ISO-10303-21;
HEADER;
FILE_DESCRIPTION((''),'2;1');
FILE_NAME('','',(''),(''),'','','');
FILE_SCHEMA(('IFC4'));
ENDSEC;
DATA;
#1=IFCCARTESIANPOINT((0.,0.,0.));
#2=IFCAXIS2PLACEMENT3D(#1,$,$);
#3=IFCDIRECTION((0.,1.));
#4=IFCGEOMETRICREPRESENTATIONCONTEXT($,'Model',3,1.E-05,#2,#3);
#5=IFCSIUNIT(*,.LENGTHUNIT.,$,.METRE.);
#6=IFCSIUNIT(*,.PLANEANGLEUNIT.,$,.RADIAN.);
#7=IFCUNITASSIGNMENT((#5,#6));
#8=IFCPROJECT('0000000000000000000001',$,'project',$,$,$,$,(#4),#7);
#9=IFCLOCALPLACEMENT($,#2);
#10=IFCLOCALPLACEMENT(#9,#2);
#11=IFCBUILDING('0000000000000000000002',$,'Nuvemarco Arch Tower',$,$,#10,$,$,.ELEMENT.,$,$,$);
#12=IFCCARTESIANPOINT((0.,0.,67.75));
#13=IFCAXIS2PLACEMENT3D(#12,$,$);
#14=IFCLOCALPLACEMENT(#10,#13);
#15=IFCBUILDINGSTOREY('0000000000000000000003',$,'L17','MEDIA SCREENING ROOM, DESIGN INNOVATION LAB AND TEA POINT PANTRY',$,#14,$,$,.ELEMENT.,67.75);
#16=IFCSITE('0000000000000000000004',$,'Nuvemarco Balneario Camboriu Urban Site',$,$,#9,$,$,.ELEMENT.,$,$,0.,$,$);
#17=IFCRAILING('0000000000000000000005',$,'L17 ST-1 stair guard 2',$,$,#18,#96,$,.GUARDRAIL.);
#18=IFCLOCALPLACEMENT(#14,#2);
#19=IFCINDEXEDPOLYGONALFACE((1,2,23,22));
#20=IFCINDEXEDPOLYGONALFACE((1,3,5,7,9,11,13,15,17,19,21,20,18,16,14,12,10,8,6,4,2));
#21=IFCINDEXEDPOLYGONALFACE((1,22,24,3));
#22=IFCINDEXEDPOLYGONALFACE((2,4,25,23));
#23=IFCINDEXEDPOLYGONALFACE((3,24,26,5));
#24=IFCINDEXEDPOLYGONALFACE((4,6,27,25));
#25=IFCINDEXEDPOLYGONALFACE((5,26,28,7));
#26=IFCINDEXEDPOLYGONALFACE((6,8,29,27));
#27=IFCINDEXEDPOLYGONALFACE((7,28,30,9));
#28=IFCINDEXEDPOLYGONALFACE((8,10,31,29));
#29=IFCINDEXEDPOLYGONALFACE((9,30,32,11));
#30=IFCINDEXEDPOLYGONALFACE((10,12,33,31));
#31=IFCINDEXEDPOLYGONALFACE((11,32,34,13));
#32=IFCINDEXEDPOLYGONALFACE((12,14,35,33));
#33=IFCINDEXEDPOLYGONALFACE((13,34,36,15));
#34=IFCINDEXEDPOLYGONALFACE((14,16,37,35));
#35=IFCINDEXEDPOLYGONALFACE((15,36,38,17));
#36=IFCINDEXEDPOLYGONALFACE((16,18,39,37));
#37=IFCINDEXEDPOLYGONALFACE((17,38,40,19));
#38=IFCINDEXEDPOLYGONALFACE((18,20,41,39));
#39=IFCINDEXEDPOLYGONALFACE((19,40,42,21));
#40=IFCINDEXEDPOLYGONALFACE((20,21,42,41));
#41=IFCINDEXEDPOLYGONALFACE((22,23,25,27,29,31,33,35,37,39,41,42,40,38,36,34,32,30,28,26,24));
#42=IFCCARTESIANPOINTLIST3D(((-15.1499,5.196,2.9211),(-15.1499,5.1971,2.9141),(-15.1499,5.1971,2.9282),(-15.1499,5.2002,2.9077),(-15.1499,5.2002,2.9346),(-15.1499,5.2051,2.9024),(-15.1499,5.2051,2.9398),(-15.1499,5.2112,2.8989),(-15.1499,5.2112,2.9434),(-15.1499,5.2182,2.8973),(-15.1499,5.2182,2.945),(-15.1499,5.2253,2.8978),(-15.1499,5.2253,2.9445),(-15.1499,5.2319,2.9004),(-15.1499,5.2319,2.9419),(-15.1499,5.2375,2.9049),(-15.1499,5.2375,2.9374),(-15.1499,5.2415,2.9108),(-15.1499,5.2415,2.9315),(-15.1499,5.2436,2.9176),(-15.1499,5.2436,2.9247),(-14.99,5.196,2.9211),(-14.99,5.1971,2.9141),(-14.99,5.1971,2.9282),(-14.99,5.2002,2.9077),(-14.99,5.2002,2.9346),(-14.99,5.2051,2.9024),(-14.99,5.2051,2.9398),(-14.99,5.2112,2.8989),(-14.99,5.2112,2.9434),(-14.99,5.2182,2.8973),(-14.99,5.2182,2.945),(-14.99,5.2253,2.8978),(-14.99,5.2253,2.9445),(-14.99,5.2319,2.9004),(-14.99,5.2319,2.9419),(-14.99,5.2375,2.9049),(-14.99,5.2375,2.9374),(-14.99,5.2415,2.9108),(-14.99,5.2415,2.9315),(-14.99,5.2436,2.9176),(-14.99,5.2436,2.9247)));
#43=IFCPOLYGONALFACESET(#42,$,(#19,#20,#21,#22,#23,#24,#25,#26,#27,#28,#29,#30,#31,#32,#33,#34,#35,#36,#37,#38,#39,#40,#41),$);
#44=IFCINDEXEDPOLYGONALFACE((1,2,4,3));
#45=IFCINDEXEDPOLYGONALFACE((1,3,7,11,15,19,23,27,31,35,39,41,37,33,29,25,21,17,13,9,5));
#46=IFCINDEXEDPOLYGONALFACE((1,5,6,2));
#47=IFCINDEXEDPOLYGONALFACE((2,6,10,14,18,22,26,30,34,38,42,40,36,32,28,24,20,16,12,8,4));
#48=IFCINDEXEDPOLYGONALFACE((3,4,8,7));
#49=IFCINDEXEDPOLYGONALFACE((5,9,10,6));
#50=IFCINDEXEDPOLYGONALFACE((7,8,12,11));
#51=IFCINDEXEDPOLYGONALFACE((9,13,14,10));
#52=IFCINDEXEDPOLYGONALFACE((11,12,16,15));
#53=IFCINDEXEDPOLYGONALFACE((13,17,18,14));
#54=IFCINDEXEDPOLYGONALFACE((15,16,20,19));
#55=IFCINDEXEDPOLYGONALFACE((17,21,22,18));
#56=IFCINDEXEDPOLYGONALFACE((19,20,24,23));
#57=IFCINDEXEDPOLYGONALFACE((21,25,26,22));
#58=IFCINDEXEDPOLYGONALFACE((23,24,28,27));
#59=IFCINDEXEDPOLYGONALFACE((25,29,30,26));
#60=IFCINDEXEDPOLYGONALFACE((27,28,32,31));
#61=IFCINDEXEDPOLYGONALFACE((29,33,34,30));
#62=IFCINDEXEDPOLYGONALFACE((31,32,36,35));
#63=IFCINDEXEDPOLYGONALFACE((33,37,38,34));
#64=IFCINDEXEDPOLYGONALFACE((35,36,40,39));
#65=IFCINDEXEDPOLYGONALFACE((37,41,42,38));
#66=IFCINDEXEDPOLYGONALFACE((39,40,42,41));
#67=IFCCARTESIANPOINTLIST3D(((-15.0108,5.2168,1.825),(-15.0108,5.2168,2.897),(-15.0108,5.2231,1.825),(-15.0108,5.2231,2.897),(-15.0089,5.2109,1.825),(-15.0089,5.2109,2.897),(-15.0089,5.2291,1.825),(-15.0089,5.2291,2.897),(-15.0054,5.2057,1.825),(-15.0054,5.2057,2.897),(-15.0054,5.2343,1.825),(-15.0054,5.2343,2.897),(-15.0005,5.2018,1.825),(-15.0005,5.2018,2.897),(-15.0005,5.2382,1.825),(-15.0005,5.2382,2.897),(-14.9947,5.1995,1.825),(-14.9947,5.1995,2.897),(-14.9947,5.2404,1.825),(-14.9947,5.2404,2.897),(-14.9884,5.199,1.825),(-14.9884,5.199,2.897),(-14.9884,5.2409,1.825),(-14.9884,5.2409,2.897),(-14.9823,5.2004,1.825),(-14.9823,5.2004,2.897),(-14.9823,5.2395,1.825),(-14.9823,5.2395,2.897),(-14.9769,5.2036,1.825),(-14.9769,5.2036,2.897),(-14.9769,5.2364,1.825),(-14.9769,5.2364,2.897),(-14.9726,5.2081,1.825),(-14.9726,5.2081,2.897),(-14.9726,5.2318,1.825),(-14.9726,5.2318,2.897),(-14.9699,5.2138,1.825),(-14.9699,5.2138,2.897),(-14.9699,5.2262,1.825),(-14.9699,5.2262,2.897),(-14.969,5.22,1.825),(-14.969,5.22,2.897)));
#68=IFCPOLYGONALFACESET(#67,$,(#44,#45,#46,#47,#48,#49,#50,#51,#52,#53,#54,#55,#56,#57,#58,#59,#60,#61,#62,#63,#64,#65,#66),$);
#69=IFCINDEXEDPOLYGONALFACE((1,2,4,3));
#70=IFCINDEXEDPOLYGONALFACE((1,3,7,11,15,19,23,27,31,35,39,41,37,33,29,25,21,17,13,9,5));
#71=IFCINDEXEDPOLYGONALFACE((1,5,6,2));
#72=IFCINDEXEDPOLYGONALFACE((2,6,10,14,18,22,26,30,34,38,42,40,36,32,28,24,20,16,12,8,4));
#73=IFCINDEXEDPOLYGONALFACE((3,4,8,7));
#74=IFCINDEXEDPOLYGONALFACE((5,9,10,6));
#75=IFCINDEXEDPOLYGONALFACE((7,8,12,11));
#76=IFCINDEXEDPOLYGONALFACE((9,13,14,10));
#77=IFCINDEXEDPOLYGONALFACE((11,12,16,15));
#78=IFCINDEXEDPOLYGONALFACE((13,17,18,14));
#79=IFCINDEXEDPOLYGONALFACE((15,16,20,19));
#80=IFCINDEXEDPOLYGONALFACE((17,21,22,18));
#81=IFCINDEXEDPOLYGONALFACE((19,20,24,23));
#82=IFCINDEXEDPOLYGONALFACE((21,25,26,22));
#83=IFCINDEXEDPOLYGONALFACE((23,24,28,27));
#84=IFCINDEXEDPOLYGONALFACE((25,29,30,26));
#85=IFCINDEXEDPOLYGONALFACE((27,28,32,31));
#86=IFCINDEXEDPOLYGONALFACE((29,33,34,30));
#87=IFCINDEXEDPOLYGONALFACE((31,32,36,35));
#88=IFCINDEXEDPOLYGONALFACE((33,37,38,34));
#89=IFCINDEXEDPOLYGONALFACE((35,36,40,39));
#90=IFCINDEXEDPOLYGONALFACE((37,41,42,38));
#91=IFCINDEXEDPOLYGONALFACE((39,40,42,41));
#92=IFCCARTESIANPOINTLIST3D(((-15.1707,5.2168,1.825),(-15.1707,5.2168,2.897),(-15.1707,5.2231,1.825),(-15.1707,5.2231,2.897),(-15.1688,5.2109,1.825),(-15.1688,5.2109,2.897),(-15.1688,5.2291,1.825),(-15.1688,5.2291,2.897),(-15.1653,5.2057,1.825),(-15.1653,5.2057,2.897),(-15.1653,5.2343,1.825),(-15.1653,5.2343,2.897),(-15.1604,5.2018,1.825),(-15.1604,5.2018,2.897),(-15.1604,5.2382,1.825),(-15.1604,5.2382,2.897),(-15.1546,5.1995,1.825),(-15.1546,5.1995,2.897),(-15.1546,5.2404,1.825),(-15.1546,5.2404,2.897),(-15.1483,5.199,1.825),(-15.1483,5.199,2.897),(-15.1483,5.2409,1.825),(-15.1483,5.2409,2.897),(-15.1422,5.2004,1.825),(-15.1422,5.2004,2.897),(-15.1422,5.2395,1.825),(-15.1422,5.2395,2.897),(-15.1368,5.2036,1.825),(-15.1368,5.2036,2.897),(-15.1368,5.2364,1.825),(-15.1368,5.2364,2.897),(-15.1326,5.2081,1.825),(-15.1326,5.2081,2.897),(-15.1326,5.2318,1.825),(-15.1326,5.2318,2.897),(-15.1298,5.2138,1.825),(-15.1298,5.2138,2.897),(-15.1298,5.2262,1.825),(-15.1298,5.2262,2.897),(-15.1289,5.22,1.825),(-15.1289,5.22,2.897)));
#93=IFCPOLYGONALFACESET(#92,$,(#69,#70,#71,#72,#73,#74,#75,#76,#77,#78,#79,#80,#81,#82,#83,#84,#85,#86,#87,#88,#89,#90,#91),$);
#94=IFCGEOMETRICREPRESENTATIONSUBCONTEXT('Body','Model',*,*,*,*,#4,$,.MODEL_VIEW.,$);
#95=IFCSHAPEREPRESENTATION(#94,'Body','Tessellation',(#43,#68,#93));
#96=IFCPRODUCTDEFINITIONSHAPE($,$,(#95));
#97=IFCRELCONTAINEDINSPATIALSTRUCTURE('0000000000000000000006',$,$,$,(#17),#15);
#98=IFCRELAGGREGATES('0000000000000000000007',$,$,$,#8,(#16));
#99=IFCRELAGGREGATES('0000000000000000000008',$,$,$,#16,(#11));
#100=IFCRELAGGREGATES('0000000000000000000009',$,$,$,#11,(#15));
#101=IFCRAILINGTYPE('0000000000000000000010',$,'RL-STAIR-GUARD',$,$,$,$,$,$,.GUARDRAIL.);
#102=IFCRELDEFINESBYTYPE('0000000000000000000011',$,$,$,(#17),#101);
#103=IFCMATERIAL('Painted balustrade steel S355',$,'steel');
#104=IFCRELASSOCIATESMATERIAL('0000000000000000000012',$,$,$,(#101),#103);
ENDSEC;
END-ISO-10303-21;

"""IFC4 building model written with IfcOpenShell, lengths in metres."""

from ifc_helpers import new_model, si_unit, direction, frame, origin, origin_2d, place, context, subcontext, project, spatial, circle, extrude, material, type_object, element, save


model = new_model("IFC4")

# Units and contexts
model_context = context("Model", 3, precision=1e-05, world=origin(), true_north=direction((0.0, 1.0)))
body_context = subcontext(model_context, "Body", "Model", "MODEL_VIEW")
ifc_project = project(units=[si_unit("LENGTHUNIT", "METRE"), si_unit("PLANEANGLEUNIT", "RADIAN")], contexts=[model_context])

# Site, building, storey
site_placement = place(None, origin())
site = spatial("IfcSite", under=ifc_project, at=site_placement, Name="Nuvemarco Balneario Camboriu Urban Site", CompositionType="ELEMENT", RefElevation=0.0)
building_placement = place(site_placement, origin())
building = spatial("IfcBuilding", under=site, at=building_placement, Name="Nuvemarco Arch Tower", CompositionType="ELEMENT")
storey_placement = place(building_placement, frame((0.0, 0.0, 67.75)))
storey = spatial("IfcBuildingStorey", under=building, at=storey_placement, Name="L17", Description="MEDIA SCREENING ROOM, DESIGN INNOVATION LAB AND TEA POINT PANTRY", CompositionType="ELEMENT", Elevation=67.75)

# Railing
ifc_material_1 = material(Name="Painted balustrade steel S355", Category="steel")
railing_type_1 = type_object("IfcRailingType", Name="RL-STAIR-GUARD", PredefinedType="GUARDRAIL", material=ifc_material_1)
railing_1_placement = place(storey_placement, frame((-14.99, 5.22, 1.825)))
element("IfcRailing", 1, at=railing_1_placement, inside=storey, type_object=railing_type_1, Name="L17 ST-1 stair guard 2", PredefinedType="GUARDRAIL", context=body_context, shape_type="SweptSolid", body=[
    extrude(circle(Radius=0.0239, at=origin_2d()), frame((0.0, 0.0, 1.0962), z_axis=(-1.0, 0.0, 0.0), x_axis=(0.0, -1.0, 0.0)), (0.0, 0.0, 1.0), 0.1599),
    extrude(circle(Radius=0.021, at=origin_2d()), origin(), (0.0, 0.0, 1.0), 1.072),
    extrude(circle(Radius=0.021, at=origin_2d()), frame((-0.1599, 0.0, 0.0)), (0.0, 0.0, 1.0), 1.072),
])

save(model, "model.ifc")
